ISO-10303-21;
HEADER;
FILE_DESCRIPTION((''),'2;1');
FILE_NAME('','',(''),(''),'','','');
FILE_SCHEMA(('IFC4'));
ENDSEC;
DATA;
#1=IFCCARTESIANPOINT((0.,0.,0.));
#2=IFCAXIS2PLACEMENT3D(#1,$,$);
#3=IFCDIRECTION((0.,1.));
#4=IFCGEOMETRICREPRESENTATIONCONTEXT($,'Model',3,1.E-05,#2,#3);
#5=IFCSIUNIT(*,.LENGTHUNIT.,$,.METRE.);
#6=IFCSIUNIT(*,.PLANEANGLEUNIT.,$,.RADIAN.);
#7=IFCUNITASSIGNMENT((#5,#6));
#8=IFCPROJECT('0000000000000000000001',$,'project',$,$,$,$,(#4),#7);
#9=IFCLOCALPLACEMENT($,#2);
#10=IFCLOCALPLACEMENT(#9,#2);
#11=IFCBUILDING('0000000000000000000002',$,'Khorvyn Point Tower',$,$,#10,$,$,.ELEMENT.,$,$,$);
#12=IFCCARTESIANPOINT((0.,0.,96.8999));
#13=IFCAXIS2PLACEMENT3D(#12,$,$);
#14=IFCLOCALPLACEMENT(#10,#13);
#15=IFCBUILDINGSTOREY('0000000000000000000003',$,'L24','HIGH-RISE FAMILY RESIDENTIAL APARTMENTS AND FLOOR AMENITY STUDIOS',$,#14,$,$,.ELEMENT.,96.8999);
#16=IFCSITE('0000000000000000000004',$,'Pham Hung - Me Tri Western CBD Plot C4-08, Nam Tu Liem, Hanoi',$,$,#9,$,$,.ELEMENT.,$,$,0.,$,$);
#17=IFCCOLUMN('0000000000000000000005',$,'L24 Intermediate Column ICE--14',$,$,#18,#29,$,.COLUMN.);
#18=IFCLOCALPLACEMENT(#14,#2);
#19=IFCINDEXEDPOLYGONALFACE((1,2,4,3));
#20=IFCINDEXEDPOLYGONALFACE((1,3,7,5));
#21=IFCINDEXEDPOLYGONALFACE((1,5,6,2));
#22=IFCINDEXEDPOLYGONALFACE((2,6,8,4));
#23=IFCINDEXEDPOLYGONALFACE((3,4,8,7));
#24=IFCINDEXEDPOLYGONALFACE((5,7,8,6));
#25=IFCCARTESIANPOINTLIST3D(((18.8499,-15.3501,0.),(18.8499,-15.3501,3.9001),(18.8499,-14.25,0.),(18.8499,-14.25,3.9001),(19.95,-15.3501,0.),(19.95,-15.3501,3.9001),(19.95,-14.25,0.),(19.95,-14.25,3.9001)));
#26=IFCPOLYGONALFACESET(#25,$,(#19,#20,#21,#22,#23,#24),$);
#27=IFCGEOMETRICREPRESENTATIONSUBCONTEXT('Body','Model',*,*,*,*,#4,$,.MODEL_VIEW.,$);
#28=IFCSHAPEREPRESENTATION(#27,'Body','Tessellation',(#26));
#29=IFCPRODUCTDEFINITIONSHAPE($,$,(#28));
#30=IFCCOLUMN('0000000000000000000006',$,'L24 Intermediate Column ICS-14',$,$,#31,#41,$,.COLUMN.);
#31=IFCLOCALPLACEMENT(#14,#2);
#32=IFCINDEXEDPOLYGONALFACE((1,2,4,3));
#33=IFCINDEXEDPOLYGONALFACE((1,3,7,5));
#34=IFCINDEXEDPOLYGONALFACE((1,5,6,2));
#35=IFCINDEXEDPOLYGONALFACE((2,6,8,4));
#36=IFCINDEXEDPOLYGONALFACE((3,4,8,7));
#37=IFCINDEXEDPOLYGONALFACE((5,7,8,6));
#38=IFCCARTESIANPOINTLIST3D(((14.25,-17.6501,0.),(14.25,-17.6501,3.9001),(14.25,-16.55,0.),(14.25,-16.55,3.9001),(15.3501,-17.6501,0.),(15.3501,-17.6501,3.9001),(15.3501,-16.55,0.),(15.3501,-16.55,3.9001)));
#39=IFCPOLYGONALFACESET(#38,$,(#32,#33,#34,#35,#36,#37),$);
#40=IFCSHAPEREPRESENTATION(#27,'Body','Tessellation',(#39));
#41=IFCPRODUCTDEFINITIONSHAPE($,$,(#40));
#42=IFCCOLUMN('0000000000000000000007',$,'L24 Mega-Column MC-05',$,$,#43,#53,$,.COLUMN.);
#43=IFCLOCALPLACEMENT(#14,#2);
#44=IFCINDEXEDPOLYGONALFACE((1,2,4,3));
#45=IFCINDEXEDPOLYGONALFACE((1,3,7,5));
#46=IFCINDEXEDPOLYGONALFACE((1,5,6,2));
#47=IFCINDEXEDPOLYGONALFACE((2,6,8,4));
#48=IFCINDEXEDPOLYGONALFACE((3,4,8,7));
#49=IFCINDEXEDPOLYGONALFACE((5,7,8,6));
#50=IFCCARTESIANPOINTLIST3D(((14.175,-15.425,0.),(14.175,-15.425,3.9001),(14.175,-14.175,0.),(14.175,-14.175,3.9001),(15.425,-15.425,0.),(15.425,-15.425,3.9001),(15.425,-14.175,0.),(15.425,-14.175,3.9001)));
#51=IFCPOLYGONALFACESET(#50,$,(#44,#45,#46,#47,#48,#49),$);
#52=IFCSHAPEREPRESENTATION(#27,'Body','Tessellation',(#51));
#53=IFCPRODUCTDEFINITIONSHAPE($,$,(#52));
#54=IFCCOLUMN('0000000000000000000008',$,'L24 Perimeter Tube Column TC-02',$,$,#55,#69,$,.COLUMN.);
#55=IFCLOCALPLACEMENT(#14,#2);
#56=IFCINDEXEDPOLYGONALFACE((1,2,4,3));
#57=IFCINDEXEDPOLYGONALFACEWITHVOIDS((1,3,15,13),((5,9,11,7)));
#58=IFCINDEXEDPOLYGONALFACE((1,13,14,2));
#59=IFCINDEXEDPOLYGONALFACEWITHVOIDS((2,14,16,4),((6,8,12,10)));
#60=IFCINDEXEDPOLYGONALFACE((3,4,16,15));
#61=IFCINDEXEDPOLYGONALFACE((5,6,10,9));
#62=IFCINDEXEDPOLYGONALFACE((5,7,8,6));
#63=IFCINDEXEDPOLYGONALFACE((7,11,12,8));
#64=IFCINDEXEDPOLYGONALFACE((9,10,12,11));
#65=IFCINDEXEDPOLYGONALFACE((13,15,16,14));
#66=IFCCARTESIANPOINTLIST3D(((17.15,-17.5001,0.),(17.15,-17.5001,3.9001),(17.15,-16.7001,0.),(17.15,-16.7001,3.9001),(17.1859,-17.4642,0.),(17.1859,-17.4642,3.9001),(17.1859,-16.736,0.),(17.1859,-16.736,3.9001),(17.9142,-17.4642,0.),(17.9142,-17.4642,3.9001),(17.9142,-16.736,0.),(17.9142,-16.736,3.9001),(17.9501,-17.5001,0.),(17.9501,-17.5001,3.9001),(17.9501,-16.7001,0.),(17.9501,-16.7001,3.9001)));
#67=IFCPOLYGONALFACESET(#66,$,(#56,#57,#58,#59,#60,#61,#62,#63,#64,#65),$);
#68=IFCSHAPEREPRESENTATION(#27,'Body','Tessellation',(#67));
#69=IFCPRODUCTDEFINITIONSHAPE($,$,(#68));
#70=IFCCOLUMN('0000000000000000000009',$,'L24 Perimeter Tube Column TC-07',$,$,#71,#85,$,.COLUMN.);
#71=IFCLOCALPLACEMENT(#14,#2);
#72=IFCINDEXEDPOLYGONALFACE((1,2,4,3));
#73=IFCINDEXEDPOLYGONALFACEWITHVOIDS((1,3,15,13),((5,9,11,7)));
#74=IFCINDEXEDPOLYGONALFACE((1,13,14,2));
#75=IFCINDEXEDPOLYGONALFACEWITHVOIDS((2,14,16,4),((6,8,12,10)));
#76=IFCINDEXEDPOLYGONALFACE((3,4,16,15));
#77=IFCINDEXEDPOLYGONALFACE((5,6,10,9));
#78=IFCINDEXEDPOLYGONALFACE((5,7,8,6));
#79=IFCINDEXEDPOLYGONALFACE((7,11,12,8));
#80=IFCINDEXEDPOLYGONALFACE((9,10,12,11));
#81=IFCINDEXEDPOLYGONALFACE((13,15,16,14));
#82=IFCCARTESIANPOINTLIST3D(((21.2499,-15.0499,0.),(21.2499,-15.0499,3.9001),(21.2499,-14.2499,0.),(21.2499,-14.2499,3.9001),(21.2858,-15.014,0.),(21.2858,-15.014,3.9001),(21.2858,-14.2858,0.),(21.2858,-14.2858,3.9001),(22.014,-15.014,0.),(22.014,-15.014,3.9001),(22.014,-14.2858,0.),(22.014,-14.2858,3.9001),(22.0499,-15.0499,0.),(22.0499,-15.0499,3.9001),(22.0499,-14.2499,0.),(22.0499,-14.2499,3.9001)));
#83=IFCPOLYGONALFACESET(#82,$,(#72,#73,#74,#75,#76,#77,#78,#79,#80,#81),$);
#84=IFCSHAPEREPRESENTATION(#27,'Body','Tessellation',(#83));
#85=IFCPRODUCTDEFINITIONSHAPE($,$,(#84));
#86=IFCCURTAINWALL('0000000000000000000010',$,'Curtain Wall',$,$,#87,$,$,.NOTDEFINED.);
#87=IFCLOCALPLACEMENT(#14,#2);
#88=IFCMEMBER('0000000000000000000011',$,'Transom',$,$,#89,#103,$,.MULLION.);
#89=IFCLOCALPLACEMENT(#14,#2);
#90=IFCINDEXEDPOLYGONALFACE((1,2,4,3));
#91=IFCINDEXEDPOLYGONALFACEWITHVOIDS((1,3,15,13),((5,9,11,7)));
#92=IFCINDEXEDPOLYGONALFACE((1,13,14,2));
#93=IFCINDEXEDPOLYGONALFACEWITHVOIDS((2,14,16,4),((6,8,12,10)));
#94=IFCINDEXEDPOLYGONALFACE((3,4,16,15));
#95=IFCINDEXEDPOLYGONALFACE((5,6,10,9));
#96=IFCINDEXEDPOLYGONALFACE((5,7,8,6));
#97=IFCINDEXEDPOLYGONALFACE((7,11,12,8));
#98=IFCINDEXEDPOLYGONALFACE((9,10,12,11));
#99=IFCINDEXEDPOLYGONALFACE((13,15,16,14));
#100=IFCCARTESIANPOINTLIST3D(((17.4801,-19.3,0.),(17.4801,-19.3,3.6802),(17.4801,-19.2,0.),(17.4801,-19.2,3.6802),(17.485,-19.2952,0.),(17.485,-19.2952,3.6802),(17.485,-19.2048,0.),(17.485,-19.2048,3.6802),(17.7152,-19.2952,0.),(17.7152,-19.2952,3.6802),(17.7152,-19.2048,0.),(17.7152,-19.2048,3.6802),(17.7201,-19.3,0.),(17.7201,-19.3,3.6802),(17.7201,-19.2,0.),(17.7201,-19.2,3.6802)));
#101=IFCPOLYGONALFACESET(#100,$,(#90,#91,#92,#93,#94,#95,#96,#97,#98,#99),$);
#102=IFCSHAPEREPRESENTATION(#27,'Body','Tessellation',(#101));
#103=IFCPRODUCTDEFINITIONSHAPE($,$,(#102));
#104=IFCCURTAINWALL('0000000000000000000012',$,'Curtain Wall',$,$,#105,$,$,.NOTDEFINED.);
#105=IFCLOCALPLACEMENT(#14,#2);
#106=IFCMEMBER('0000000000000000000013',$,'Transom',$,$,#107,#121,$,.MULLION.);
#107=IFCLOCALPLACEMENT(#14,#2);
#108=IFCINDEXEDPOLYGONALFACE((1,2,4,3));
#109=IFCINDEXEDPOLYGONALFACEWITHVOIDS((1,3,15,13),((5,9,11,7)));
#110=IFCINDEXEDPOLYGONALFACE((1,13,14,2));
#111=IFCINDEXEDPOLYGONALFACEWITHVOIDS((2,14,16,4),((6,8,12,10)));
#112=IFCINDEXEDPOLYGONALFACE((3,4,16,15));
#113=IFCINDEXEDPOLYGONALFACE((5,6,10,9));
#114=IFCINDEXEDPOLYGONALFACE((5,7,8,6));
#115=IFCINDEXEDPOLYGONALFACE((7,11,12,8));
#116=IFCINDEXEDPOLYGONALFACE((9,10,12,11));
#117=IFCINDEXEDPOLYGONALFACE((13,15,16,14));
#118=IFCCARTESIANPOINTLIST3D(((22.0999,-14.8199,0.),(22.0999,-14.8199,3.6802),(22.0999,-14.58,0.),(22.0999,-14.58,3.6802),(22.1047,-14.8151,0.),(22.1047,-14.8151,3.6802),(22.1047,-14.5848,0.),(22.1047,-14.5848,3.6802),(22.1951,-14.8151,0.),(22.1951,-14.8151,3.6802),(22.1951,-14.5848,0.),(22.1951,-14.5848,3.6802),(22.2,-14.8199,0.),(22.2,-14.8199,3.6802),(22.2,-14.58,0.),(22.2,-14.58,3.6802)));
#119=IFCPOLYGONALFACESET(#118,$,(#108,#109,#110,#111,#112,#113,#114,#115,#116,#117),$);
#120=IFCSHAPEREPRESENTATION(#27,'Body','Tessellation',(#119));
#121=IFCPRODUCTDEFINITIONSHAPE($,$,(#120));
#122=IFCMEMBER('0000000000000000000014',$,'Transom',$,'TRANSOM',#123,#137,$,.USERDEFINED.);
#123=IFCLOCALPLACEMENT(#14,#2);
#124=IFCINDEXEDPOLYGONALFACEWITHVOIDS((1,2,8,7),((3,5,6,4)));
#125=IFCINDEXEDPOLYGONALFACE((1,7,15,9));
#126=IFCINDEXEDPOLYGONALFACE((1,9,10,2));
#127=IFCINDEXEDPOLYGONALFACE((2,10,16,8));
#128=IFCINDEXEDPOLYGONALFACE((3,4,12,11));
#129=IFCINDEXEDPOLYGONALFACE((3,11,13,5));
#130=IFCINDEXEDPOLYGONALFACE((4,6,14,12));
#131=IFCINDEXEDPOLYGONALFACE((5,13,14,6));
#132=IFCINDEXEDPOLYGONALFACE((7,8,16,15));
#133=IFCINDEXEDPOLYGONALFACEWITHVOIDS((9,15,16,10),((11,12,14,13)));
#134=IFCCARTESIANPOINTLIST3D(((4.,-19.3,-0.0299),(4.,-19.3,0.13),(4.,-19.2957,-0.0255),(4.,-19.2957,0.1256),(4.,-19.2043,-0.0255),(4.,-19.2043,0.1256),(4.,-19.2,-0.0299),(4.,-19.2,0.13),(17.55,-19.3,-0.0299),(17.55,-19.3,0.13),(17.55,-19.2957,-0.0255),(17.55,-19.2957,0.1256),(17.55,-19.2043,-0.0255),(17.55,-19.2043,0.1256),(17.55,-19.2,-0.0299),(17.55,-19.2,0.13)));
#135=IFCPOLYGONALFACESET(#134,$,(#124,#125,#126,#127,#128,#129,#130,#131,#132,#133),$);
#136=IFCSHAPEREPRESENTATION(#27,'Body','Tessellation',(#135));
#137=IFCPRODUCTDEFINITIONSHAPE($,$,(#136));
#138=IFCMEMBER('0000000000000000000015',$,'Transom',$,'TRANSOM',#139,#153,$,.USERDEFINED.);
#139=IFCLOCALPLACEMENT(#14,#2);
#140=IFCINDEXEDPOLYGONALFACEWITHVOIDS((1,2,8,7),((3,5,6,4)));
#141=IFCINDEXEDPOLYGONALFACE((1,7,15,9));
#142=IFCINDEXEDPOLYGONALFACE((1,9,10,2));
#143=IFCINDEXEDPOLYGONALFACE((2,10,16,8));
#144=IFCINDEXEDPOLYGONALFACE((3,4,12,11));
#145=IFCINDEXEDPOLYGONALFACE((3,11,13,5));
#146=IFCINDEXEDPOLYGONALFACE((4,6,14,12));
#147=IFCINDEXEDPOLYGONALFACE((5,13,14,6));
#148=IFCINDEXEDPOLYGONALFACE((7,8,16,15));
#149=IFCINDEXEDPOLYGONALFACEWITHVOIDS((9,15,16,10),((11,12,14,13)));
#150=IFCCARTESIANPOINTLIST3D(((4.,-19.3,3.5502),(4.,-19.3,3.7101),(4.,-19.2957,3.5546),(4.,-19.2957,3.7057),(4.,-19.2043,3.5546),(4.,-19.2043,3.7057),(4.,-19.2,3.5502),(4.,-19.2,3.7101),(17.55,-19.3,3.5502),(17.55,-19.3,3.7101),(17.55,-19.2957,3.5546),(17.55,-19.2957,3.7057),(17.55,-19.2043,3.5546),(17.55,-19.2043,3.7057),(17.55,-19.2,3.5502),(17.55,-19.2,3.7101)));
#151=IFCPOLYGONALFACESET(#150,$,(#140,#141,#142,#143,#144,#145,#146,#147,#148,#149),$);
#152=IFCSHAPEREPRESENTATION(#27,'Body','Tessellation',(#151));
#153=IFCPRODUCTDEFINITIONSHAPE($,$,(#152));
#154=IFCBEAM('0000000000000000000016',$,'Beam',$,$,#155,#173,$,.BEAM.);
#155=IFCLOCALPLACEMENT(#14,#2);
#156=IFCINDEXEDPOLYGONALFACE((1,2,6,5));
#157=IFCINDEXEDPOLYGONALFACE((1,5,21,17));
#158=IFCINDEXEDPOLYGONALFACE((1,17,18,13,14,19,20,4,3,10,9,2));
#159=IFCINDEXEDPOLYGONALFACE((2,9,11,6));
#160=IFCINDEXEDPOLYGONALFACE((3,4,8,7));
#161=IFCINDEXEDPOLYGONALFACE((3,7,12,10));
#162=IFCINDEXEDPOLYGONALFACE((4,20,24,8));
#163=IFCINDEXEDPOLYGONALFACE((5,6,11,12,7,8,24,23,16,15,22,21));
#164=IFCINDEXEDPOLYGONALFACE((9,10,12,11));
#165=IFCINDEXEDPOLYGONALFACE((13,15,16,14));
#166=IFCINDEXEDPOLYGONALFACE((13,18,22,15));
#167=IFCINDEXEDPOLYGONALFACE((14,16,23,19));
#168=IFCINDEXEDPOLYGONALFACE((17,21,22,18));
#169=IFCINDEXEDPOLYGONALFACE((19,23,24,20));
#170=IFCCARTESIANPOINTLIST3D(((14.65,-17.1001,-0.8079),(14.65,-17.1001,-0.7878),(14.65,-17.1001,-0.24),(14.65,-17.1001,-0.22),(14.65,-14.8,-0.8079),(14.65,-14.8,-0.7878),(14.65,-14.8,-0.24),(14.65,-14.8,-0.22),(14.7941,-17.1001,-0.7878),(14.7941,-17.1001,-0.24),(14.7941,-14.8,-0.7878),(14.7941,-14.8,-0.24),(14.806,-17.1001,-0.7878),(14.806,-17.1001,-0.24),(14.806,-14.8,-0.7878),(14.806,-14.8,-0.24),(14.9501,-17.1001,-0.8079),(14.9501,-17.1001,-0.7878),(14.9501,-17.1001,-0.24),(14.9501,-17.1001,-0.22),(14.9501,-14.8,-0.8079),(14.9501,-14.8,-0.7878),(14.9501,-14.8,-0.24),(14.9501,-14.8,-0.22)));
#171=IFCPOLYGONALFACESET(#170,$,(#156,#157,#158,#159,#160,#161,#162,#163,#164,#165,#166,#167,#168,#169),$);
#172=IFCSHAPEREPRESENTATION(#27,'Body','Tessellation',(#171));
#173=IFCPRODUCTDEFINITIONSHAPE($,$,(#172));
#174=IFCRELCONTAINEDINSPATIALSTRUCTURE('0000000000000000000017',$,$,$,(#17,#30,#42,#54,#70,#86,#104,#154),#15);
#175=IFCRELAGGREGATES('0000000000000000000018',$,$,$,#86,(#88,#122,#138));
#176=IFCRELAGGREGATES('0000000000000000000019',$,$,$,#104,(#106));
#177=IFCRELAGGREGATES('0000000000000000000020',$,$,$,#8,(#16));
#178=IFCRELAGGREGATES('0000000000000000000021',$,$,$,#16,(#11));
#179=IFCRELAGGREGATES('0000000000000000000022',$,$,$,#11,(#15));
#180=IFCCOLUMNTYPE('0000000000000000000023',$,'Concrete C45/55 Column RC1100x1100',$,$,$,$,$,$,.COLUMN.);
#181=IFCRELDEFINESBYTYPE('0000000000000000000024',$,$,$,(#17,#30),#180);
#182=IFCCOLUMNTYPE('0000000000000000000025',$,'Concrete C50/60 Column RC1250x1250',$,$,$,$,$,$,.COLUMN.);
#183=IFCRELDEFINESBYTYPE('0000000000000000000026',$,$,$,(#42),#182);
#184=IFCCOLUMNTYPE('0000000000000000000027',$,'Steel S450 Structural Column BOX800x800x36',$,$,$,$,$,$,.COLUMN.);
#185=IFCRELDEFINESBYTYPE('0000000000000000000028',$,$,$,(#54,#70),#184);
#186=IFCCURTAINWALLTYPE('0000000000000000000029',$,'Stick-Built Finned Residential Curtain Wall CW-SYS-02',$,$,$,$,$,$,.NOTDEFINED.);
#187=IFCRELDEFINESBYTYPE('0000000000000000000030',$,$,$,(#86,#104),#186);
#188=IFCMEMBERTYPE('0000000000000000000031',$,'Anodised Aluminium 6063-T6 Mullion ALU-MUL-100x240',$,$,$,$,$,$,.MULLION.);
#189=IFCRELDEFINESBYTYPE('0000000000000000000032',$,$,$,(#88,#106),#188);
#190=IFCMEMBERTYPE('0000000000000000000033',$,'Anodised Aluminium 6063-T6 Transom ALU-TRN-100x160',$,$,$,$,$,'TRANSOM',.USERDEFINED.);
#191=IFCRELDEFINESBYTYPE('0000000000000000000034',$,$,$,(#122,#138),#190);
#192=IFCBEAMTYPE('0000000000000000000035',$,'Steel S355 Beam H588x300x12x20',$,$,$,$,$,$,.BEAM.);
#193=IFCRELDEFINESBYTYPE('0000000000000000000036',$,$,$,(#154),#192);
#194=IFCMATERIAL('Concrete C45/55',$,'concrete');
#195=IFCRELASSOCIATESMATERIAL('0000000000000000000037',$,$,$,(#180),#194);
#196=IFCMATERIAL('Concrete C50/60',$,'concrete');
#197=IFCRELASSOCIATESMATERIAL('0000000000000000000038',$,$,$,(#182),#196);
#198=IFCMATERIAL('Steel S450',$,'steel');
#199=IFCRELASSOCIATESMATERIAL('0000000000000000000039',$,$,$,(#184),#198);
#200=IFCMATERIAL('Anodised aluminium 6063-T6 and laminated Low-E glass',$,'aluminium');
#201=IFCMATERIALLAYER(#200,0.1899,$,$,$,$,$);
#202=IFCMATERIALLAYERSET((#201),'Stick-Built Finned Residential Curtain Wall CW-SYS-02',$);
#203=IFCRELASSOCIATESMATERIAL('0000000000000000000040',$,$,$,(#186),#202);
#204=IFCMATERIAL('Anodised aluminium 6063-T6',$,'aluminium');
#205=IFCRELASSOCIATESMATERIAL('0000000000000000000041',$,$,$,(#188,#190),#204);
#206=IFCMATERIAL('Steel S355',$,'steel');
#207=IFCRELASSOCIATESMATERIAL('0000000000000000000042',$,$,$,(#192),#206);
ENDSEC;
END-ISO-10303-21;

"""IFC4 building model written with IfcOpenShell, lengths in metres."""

from ifc_helpers import new_model, si_unit, direction, frame, origin, origin_2d, place, context, subcontext, project, spatial, rectangle, hollow_rectangle, i_section, extrude, material, layer, layer_set, material_profile, profile_set, type_object, element, aggregate, save


model = new_model("IFC4")

# Units and contexts
model_context = context("Model", 3, precision=1e-05, world=origin(), true_north=direction((0.0, 1.0)))
body_context = subcontext(model_context, "Body", "Model", "MODEL_VIEW")
ifc_project = project(units=[si_unit("LENGTHUNIT", "METRE"), si_unit("PLANEANGLEUNIT", "RADIAN")], contexts=[model_context])

# Site, building, storey
site_placement = place(None, origin())
site = spatial("IfcSite", under=ifc_project, at=site_placement, Name="Pham Hung - Me Tri Western CBD Plot C4-08, Nam Tu Liem, Hanoi", CompositionType="ELEMENT", RefElevation=0.0)
building_placement = place(site_placement, origin())
building = spatial("IfcBuilding", under=site, at=building_placement, Name="Khorvyn Point Tower", CompositionType="ELEMENT")
storey_placement = place(building_placement, frame((0.0, 0.0, 96.8999)))
storey = spatial("IfcBuildingStorey", under=building, at=storey_placement, Name="L24", Description="HIGH-RISE FAMILY RESIDENTIAL APARTMENTS AND FLOOR AMENITY STUDIOS", CompositionType="ELEMENT", Elevation=96.8999)

# Columns
ifc_material_1 = material(Name="Concrete C45/55", Category="concrete")
ifc_material_profile_1 = material_profile(ifc_material_1, rectangle(XDim=1.1001, YDim=1.1001, at=origin_2d()))
ifc_profile_set_1 = profile_set([ifc_material_profile_1], Name="Concrete C45/55 RC1100x1100")
column_type_1 = type_object("IfcColumnType", Name="Concrete C45/55 Column RC1100x1100", PredefinedType="COLUMN", material=ifc_profile_set_1)
for number, where, z_axis, x_axis, name in (
    (1, (19.3999, -14.8, 0.0), (0.0, 0.0, 1.0), (1.0, 0.0, 0.0), "L24 Intermediate Column ICE--14"),
    (2, (14.8, -17.1001, 0.0), (0.0, 0.0, 1.0), (1.0, 0.0, 0.0), "L24 Intermediate Column ICS-14"),
):
    element("IfcColumn", number, at=place(storey_placement, frame(where, z_axis=z_axis, x_axis=x_axis)), inside=storey, type_object=column_type_1, Name=name, PredefinedType="COLUMN", context=body_context, shape_type="SweptSolid", body=[
        extrude(rectangle(XDim=1.1001, YDim=1.1001, at=origin_2d()), origin(), (0.0, 0.0, 1.0), 3.9001),
    ])
ifc_material_2 = material(Name="Concrete C50/60", Category="concrete")
ifc_material_profile_2 = material_profile(ifc_material_2, rectangle(XDim=1.25, YDim=1.25, at=origin_2d()))
ifc_profile_set_2 = profile_set([ifc_material_profile_2], Name="Concrete C50/60 RC1250x1250")
column_type_2 = type_object("IfcColumnType", Name="Concrete C50/60 Column RC1250x1250", PredefinedType="COLUMN", material=ifc_profile_set_2)
column_placement = place(storey_placement, frame((14.8, -14.8, 0.0), z_axis=(0.0, 0.0, 1.0), x_axis=(1.0, 0.0, 0.0)))
element("IfcColumn", 3, at=column_placement, inside=storey, type_object=column_type_2, Name="L24 Mega-Column MC-05", PredefinedType="COLUMN", context=body_context, shape_type="SweptSolid", body=[
    extrude(rectangle(XDim=1.25, YDim=1.25, at=origin_2d()), origin(), (0.0, 0.0, 1.0), 3.9001),
])
ifc_material_3 = material(Name="Steel S450", Category="steel")
ifc_material_profile_3 = material_profile(ifc_material_3, hollow_rectangle(XDim=0.8, YDim=0.8, WallThickness=0.0359, at=origin_2d()))
ifc_profile_set_3 = profile_set([ifc_material_profile_3], Name="Steel S450 BOX800x800x36")
column_type_3 = type_object("IfcColumnType", Name="Steel S450 Structural Column BOX800x800x36", PredefinedType="COLUMN", material=ifc_profile_set_3)
for number, where, z_axis, x_axis, name in (
    (4, (17.55, -17.1001, 0.0), (0.0, 0.0, 1.0), (1.0, 0.0, 0.0), "L24 Perimeter Tube Column TC-02"),
    (5, (21.6499, -14.6499, 0.0), (0.0, 0.0, 1.0), (1.0, 0.0, 0.0), "L24 Perimeter Tube Column TC-07"),
):
    element("IfcColumn", number, at=place(storey_placement, frame(where, z_axis=z_axis, x_axis=x_axis)), inside=storey, type_object=column_type_3, Name=name, PredefinedType="COLUMN", context=body_context, shape_type="SweptSolid", body=[
        extrude(hollow_rectangle(XDim=0.8, YDim=0.8, WallThickness=0.0359, at=origin_2d()), origin(), (0.0, 0.0, 1.0), 3.9001),
    ])

# Curtain walls, members
ifc_material_4 = material(Name="Anodised aluminium 6063-T6 and laminated Low-E glass", Category="aluminium")
ifc_layer_1 = layer(ifc_material_4, 0.1899)
ifc_layer_set_1 = layer_set([ifc_layer_1], Name="Stick-Built Finned Residential Curtain Wall CW-SYS-02")
curtain_wall_type = type_object("IfcCurtainWallType", Name="Stick-Built Finned Residential Curtain Wall CW-SYS-02", PredefinedType="NOTDEFINED", material=ifc_layer_set_1)
curtain_wall_1_placement = place(storey_placement, origin())
curtain_wall_1 = element("IfcCurtainWall", 6, at=curtain_wall_1_placement, inside=storey, type_object=curtain_wall_type, Name="Curtain Wall", PredefinedType="NOTDEFINED")
ifc_material_5 = material(Name="Anodised aluminium 6063-T6", Category="aluminium")
ifc_material_profile_4 = material_profile(ifc_material_5, hollow_rectangle(XDim=0.1001, YDim=0.24, WallThickness=0.0049, at=origin_2d()))
ifc_profile_set_4 = profile_set([ifc_material_profile_4], Name="Anodised aluminium 6063-T6 ALU-MUL-100x240")
member_type_1 = type_object("IfcMemberType", Name="Anodised Aluminium 6063-T6 Mullion ALU-MUL-100x240", PredefinedType="MULLION", material=ifc_profile_set_4)
member_1_placement = place(storey_placement, frame((17.6001, -19.25, 0.0), z_axis=(0.0, 0.0, 1.0), x_axis=(0.0, -1.0, 0.0)))
member_1 = element("IfcMember", 7, at=member_1_placement, type_object=member_type_1, Name="Transom", PredefinedType="MULLION", context=body_context, shape_type="SweptSolid", body=[
    extrude(hollow_rectangle(XDim=0.1001, YDim=0.24, WallThickness=0.0049, at=origin_2d()), origin(), (0.0, 0.0, 1.0), 3.6802),
])
curtain_wall_2_placement = place(storey_placement, origin())
curtain_wall_2 = element("IfcCurtainWall", 8, at=curtain_wall_2_placement, inside=storey, type_object=curtain_wall_type, Name="Curtain Wall", PredefinedType="NOTDEFINED")
member_2_placement = place(storey_placement, frame((22.1499, -14.7, 0.0), z_axis=(0.0, 0.0, 1.0), x_axis=(1.0, 0.0, 0.0)))
member_2 = element("IfcMember", 9, at=member_2_placement, type_object=member_type_1, Name="Transom", PredefinedType="MULLION", context=body_context, shape_type="SweptSolid", body=[
    extrude(hollow_rectangle(XDim=0.1001, YDim=0.24, WallThickness=0.0049, at=origin_2d()), origin(), (0.0, 0.0, 1.0), 3.6802),
])

# Members
ifc_material_profile_5 = material_profile(ifc_material_5, hollow_rectangle(XDim=0.1001, YDim=0.1599, WallThickness=0.0044, at=origin_2d()))
ifc_profile_set_5 = profile_set([ifc_material_profile_5], Name="Anodised aluminium 6063-T6 ALU-TRN-100x160")
member_type_2 = type_object("IfcMemberType", Name="Anodised Aluminium 6063-T6 Transom ALU-TRN-100x160", ElementType="TRANSOM", PredefinedType="USERDEFINED", material=ifc_profile_set_5)
member_3_placement = place(storey_placement, frame((17.55, -19.25, 0.05), z_axis=(-1.0, 0.0, 0.0), x_axis=(0.0, -1.0, 0.0)))
member_3 = element("IfcMember", 10, at=member_3_placement, type_object=member_type_2, Name="Transom", ObjectType="TRANSOM", PredefinedType="USERDEFINED", context=body_context, shape_type="SweptSolid", body=[
    extrude(hollow_rectangle(XDim=0.1001, YDim=0.1599, WallThickness=0.0044, at=origin_2d()), origin(), (0.0, 0.0, 1.0), 13.55),
])
member_4_placement = place(storey_placement, frame((17.55, -19.25, 3.6301), z_axis=(-1.0, 0.0, 0.0), x_axis=(0.0, -1.0, 0.0)))
member_4 = element("IfcMember", 11, at=member_4_placement, type_object=member_type_2, Name="Transom", ObjectType="TRANSOM", PredefinedType="USERDEFINED", context=body_context, shape_type="SweptSolid", body=[
    extrude(hollow_rectangle(XDim=0.1001, YDim=0.1599, WallThickness=0.0044, at=origin_2d()), origin(), (0.0, 0.0, 1.0), 13.55),
])

# Beam
ifc_material_6 = material(Name="Steel S355", Category="steel")
ifc_material_profile_6 = material_profile(ifc_material_6, i_section(OverallWidth=0.3, OverallDepth=0.5879, WebThickness=0.012, FlangeThickness=0.02, at=origin_2d()))
ifc_profile_set_6 = profile_set([ifc_material_profile_6], Name="Steel S355 H588x300x12x20")
beam_type_1 = type_object("IfcBeamType", Name="Steel S355 Beam H588x300x12x20", PredefinedType="BEAM", material=ifc_profile_set_6)
beam_1_placement = place(storey_placement, frame((14.8, -17.1001, -0.5139), z_axis=(0.0, 1.0, 0.0), x_axis=(-1.0, 0.0, 0.0)))
element("IfcBeam", 12, at=beam_1_placement, inside=storey, type_object=beam_type_1, Name="Beam", PredefinedType="BEAM", context=body_context, shape_type="SweptSolid", body=[
    extrude(i_section(OverallWidth=0.3, OverallDepth=0.5879, WebThickness=0.012, FlangeThickness=0.02, at=origin_2d()), origin(), (0.0, 0.0, 1.0), 2.3),
])

aggregate(curtain_wall_1, [member_1, member_3, member_4])
aggregate(curtain_wall_2, [member_2])

save(model, "model.ifc")
